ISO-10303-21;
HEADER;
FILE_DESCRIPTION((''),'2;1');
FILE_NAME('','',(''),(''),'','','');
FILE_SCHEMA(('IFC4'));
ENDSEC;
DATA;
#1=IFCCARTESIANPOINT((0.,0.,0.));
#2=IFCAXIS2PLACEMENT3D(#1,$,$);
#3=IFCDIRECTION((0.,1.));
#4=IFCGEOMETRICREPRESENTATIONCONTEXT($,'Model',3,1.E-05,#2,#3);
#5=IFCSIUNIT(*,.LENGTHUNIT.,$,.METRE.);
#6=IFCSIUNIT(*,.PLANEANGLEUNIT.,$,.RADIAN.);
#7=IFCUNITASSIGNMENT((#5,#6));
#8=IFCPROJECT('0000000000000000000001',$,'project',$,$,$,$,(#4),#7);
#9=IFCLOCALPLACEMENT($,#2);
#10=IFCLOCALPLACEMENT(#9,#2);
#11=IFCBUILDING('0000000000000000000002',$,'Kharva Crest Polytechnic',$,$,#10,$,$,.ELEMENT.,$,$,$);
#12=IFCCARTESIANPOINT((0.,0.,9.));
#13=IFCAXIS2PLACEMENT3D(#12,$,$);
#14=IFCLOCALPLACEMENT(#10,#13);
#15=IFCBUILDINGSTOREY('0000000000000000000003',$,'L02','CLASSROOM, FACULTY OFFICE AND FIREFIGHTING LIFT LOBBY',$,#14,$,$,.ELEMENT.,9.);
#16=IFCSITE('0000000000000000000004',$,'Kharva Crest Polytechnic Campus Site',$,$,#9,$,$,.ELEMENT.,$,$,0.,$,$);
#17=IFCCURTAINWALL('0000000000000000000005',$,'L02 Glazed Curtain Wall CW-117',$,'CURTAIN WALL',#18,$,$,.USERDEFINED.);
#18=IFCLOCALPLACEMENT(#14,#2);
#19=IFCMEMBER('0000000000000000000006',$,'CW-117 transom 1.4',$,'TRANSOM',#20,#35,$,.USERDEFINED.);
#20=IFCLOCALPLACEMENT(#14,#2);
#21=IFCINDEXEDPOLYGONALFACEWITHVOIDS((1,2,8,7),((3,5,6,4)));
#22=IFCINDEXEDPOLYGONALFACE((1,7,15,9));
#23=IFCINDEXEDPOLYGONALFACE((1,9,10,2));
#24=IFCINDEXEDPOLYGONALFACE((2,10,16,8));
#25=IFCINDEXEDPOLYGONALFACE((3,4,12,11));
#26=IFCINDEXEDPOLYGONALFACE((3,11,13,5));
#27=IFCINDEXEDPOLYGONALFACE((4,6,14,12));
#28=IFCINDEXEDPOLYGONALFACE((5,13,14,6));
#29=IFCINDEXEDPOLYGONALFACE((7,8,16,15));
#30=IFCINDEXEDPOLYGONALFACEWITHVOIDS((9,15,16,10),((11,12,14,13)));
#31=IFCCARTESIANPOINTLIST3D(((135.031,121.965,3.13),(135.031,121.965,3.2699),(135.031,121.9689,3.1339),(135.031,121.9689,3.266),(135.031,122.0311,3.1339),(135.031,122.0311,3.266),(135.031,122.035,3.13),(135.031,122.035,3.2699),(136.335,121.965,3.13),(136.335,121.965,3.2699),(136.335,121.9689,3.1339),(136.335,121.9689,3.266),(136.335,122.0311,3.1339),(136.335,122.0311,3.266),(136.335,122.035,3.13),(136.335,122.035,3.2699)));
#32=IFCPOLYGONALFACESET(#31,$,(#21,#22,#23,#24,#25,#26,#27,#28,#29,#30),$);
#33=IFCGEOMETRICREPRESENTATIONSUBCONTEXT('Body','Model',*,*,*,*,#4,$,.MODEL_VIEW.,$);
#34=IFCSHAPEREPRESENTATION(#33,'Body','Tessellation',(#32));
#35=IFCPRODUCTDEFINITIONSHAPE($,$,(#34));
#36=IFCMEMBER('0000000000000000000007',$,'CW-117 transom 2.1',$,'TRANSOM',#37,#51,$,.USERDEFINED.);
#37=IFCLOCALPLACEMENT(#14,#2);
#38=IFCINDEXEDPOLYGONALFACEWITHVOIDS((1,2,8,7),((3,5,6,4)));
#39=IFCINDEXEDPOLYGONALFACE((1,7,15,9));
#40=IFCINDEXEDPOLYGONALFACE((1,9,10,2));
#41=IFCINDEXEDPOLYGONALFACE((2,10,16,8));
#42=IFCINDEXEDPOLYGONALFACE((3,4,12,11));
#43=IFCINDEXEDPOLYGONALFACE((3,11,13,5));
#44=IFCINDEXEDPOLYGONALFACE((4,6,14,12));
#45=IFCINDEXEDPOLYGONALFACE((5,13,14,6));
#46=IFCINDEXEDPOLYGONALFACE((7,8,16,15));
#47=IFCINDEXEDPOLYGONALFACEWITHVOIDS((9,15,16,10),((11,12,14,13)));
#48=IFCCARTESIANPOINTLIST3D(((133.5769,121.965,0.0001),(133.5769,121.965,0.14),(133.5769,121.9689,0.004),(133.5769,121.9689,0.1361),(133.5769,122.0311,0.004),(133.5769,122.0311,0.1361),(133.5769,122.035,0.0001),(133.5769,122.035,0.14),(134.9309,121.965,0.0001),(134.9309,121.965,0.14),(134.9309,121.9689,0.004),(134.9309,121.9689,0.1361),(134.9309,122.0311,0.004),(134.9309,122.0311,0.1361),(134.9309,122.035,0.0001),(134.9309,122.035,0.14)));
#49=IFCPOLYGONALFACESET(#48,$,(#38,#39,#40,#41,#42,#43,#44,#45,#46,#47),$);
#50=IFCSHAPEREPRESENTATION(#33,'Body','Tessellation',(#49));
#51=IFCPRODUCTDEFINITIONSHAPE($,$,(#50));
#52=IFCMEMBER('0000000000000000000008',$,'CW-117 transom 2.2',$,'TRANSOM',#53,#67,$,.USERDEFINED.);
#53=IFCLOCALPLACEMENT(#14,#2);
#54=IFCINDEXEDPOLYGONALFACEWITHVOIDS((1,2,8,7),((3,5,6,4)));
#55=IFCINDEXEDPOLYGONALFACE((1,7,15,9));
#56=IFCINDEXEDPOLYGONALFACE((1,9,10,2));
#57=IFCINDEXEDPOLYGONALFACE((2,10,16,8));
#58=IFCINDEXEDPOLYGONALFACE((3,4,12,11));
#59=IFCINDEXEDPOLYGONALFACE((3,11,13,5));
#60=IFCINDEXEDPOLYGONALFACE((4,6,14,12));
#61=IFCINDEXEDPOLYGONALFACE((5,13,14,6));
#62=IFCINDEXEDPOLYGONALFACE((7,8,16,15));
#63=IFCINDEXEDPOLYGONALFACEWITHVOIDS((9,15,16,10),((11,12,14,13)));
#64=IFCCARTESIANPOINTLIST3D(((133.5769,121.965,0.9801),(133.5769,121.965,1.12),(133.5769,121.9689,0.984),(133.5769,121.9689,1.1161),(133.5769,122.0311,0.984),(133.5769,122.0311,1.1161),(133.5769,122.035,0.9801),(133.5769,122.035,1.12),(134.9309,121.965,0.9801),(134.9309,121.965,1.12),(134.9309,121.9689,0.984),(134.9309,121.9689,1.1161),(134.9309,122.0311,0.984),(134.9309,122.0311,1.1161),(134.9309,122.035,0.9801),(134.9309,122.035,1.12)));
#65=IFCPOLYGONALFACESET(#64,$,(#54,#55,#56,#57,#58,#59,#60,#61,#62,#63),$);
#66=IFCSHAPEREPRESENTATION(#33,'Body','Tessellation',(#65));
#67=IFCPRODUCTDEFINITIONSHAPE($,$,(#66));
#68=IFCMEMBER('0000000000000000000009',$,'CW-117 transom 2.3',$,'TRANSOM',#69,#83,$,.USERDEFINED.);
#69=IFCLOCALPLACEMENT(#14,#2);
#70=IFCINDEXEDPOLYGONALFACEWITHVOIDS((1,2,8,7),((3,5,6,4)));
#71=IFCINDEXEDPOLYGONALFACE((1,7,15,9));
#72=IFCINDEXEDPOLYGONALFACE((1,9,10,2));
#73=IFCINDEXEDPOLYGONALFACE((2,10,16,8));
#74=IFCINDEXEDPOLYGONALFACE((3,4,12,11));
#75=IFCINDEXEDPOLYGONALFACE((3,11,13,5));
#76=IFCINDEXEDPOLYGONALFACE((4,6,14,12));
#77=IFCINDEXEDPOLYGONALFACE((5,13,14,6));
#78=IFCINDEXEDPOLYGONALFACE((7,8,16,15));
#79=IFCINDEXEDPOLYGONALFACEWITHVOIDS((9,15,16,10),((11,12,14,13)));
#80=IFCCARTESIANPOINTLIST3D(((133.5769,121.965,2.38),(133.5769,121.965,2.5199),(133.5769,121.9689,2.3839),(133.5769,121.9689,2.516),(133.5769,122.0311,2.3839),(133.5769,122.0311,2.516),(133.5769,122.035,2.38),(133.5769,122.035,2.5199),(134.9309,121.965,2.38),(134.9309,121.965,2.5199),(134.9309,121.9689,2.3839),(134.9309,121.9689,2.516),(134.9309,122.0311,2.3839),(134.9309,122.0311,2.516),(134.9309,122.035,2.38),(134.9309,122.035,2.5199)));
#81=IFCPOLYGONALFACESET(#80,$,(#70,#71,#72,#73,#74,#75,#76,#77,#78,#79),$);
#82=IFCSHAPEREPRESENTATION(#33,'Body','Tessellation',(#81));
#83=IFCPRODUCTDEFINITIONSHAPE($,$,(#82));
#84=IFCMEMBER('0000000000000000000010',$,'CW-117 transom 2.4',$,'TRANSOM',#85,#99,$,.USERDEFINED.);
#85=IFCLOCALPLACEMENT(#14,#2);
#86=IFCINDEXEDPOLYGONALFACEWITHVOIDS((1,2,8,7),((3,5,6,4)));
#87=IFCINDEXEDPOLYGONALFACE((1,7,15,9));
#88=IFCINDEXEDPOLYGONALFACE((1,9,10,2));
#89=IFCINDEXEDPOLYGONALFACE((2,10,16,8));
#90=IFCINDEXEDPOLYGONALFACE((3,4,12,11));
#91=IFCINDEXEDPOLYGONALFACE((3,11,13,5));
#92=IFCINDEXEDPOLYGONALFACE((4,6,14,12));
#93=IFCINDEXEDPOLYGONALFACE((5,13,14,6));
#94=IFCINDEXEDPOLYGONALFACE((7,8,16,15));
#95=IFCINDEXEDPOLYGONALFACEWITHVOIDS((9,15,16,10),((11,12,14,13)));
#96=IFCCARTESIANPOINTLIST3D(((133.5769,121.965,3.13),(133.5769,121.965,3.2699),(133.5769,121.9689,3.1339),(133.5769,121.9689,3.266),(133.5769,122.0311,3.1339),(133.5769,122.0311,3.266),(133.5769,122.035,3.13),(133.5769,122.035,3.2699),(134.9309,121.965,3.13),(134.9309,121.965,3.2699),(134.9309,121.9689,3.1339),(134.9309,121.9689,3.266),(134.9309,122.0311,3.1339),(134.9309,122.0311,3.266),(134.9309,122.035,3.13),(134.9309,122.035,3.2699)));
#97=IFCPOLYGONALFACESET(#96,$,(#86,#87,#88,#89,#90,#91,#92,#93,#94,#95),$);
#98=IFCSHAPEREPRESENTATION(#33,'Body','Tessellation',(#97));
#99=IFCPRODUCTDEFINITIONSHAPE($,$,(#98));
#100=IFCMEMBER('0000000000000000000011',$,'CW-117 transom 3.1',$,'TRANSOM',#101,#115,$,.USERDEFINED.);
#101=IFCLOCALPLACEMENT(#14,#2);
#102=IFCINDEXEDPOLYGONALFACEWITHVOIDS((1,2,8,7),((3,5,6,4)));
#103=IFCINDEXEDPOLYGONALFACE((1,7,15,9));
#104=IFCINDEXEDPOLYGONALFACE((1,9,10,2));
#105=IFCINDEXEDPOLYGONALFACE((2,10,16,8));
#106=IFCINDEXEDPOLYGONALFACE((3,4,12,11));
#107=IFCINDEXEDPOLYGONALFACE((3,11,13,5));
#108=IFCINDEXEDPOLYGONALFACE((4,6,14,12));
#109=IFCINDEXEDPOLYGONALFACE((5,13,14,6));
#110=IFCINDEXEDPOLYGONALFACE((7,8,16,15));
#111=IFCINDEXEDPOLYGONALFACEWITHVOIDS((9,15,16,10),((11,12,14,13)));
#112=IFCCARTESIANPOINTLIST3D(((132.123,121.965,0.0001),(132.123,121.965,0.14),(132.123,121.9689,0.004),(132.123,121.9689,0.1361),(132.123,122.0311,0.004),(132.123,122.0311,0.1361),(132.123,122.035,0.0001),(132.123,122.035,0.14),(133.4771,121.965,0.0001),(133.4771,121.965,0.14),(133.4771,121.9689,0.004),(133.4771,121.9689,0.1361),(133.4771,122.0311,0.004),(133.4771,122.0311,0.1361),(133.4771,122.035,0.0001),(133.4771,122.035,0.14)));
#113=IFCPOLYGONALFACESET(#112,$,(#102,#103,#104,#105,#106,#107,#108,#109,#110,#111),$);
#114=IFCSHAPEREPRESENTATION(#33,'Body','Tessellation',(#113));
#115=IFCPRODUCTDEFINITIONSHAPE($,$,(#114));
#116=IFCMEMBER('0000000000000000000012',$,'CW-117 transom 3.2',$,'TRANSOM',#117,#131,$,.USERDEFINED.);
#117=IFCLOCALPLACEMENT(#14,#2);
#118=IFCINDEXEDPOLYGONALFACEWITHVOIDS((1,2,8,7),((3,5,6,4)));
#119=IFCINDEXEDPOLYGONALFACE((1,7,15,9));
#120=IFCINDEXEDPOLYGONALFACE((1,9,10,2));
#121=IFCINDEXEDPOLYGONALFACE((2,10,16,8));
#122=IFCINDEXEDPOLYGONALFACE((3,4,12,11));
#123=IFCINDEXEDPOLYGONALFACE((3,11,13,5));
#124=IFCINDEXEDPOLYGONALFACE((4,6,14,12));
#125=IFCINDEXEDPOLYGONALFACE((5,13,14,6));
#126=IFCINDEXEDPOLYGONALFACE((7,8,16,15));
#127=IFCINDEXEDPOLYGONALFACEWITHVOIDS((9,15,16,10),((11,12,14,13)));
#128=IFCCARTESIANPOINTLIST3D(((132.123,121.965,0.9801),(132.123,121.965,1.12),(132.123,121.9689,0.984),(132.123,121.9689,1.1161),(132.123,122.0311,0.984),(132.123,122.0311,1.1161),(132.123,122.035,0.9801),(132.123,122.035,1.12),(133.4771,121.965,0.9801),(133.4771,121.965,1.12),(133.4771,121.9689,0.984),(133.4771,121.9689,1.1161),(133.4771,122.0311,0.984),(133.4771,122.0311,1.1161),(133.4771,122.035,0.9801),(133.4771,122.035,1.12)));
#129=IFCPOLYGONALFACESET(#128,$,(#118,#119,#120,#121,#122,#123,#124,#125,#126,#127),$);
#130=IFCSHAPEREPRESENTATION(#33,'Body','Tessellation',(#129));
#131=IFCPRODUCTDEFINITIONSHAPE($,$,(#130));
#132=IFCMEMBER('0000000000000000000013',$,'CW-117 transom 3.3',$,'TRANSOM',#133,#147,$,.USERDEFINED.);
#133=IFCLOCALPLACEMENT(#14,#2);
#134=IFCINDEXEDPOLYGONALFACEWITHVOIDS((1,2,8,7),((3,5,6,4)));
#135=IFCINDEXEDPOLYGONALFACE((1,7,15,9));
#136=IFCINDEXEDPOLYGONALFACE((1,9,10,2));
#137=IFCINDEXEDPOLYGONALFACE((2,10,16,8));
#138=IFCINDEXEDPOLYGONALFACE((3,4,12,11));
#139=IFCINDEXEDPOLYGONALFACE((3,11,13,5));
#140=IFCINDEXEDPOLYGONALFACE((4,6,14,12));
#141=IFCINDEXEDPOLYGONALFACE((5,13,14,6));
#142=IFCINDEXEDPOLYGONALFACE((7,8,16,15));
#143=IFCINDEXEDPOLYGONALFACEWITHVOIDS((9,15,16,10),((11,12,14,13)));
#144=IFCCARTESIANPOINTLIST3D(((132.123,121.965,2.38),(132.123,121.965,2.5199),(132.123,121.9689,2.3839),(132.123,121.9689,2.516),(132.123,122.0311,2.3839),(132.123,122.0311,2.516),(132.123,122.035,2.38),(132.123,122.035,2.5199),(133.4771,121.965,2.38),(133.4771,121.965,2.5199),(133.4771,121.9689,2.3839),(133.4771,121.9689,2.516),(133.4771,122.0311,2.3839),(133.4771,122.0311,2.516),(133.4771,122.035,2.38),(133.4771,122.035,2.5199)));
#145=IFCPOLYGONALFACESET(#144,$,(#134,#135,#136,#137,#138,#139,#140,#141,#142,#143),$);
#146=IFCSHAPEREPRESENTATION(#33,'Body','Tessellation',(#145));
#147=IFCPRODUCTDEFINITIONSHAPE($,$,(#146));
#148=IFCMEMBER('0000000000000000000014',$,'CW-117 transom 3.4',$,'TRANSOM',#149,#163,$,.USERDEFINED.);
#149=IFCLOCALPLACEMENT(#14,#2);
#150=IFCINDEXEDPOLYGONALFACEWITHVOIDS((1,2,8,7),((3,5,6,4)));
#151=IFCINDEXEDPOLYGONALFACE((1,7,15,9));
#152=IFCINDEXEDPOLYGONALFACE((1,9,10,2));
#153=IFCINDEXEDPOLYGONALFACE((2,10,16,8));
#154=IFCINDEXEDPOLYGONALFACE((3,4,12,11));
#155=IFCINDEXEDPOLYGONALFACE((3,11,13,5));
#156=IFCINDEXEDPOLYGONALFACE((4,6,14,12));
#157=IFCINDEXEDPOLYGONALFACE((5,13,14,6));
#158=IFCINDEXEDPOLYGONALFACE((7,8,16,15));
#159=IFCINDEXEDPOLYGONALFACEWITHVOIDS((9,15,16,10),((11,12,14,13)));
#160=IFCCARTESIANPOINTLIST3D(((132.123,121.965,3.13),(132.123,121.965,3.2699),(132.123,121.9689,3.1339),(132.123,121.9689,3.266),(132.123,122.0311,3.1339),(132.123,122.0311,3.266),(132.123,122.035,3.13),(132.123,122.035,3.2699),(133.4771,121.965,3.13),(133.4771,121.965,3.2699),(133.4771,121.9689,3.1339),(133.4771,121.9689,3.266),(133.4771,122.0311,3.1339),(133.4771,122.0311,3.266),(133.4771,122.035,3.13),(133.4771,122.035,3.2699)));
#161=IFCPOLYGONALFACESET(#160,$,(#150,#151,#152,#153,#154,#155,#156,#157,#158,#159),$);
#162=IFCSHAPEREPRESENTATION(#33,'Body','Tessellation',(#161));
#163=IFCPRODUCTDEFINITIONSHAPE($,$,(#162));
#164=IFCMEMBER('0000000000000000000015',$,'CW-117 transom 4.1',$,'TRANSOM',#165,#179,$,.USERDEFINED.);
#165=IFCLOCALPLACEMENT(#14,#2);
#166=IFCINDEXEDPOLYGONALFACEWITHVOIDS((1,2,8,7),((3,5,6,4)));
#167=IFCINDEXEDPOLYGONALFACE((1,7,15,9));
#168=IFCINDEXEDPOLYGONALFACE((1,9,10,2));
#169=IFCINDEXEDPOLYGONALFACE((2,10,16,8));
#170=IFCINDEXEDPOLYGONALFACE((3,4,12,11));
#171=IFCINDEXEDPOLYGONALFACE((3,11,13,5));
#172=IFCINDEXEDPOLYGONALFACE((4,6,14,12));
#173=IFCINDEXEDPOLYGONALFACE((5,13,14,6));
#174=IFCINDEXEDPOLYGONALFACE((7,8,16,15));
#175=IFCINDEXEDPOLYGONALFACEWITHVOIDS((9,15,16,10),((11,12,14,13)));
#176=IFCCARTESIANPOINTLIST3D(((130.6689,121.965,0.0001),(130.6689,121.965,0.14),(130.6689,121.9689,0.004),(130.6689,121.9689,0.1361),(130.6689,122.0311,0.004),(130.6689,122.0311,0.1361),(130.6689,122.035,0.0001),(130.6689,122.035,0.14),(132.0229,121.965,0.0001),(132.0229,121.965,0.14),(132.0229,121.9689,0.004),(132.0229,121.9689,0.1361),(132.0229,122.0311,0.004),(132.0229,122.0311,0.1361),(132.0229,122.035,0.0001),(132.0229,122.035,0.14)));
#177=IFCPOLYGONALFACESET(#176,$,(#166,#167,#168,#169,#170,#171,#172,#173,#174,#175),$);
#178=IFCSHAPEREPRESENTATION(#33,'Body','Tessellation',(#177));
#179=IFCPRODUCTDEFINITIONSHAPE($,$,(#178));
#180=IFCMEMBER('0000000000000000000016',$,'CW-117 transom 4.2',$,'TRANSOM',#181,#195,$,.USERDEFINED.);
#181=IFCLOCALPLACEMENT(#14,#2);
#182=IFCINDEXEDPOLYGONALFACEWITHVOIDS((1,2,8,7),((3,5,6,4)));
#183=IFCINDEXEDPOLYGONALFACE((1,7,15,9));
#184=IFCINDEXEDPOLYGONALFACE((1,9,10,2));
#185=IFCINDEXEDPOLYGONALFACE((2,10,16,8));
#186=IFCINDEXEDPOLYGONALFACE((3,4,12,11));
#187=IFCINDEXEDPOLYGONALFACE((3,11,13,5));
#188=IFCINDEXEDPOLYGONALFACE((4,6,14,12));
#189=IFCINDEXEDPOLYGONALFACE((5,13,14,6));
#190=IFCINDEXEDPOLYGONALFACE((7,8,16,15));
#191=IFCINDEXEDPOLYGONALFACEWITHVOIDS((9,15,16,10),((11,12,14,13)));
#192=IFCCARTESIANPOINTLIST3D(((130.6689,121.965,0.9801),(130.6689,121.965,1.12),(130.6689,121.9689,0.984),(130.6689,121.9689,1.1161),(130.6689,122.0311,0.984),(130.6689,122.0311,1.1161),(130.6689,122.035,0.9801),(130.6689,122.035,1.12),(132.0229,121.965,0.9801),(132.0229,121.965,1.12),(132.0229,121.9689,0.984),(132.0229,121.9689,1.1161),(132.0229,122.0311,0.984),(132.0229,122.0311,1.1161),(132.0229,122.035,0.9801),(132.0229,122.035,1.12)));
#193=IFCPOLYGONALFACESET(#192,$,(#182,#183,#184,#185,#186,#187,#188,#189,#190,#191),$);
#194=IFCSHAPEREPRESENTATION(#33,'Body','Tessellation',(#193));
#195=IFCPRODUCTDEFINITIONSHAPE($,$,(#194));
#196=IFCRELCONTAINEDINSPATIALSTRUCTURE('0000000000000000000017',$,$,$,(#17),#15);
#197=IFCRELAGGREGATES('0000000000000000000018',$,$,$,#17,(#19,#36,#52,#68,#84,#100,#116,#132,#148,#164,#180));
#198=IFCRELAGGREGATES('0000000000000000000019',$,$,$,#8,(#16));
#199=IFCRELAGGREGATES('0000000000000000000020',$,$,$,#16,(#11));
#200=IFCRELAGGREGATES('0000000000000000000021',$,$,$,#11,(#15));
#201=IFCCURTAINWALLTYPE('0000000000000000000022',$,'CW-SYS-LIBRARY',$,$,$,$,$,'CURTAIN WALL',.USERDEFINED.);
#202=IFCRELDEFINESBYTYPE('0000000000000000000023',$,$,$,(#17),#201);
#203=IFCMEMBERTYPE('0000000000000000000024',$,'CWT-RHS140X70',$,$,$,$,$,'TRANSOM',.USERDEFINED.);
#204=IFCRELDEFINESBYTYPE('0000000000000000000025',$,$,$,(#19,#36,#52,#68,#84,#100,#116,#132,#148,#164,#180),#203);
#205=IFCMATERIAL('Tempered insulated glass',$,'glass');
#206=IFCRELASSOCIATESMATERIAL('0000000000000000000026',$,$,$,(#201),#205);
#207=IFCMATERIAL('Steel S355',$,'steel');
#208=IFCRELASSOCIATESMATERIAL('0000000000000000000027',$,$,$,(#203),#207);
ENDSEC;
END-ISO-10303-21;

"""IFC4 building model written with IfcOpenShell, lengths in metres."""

from ifc_helpers import new_model, si_unit, direction, frame, origin, origin_2d, place, context, subcontext, project, spatial, hollow_rectangle, extrude, material, material_profile, profile_set, type_object, element, aggregate, save


model = new_model("IFC4")

# Units and contexts
model_context = context("Model", 3, precision=1e-05, world=origin(), true_north=direction((0.0, 1.0)))
body_context = subcontext(model_context, "Body", "Model", "MODEL_VIEW")
ifc_project = project(units=[si_unit("LENGTHUNIT", "METRE"), si_unit("PLANEANGLEUNIT", "RADIAN")], contexts=[model_context])

# Site, building, storey
site_placement = place(None, origin())
site = spatial("IfcSite", under=ifc_project, at=site_placement, Name="Kharva Crest Polytechnic Campus Site", CompositionType="ELEMENT", RefElevation=0.0)
building_placement = place(site_placement, origin())
building = spatial("IfcBuilding", under=site, at=building_placement, Name="Kharva Crest Polytechnic", CompositionType="ELEMENT")
storey_placement = place(building_placement, frame((0.0, 0.0, 9.0)))
storey = spatial("IfcBuildingStorey", under=building, at=storey_placement, Name="L02", Description="CLASSROOM, FACULTY OFFICE AND FIREFIGHTING LIFT LOBBY", CompositionType="ELEMENT", Elevation=9.0)

# Shared definitions
ifc_material_1 = material(Name="Tempered insulated glass", Category="glass")
curtain_wall_type = type_object("IfcCurtainWallType", Name="CW-SYS-LIBRARY", ElementType="CURTAIN WALL", PredefinedType="USERDEFINED", material=ifc_material_1)
ifc_material_2 = material(Name="Steel S355", Category="steel")

# Curtain wall, members
curtain_wall_1_placement = place(storey_placement, origin())
curtain_wall_1 = element("IfcCurtainWall", 1, at=curtain_wall_1_placement, inside=storey, type_object=curtain_wall_type, Name="L02 Glazed Curtain Wall CW-117", ObjectType="CURTAIN WALL", PredefinedType="USERDEFINED")
ifc_material_profile_1 = material_profile(ifc_material_2, hollow_rectangle(XDim=0.0701, YDim=0.1399, WallThickness=0.0039, at=origin_2d()), Name="RHS 140X70X4.0")
ifc_profile_set_1 = profile_set([ifc_material_profile_1], Name="Steel S355")
member_type_1 = type_object("IfcMemberType", Name="CWT-RHS140X70", ElementType="TRANSOM", PredefinedType="USERDEFINED", material=ifc_profile_set_1)
member_1_placement = place(storey_placement, frame((136.335, 122.0, 3.2), z_axis=(-1.0, 0.0, 0.0), x_axis=(0.0, -1.0, 0.0)))
member_1 = element("IfcMember", 2, at=member_1_placement, type_object=member_type_1, Name="CW-117 transom 1.4", ObjectType="TRANSOM", PredefinedType="USERDEFINED", context=body_context, shape_type="SweptSolid", body=[
    extrude(hollow_rectangle(XDim=0.0701, YDim=0.1399, WallThickness=0.0039, at=origin_2d()), origin(), (0.0, 0.0, 1.0), 1.304),
])
member_2_placement = place(storey_placement, frame((134.9309, 122.0, 0.0701), z_axis=(-1.0, 0.0, 0.0), x_axis=(0.0, -1.0, 0.0)))
member_2 = element("IfcMember", 3, at=member_2_placement, type_object=member_type_1, Name="CW-117 transom 2.1", ObjectType="TRANSOM", PredefinedType="USERDEFINED", context=body_context, shape_type="SweptSolid", body=[
    extrude(hollow_rectangle(XDim=0.0701, YDim=0.1399, WallThickness=0.0039, at=origin_2d()), origin(), (0.0, 0.0, 1.0), 1.354),
])
member_3_placement = place(storey_placement, frame((134.9309, 122.0, 1.05), z_axis=(-1.0, 0.0, 0.0), x_axis=(0.0, -1.0, 0.0)))
member_3 = element("IfcMember", 4, at=member_3_placement, type_object=member_type_1, Name="CW-117 transom 2.2", ObjectType="TRANSOM", PredefinedType="USERDEFINED", context=body_context, shape_type="SweptSolid", body=[
    extrude(hollow_rectangle(XDim=0.0701, YDim=0.1399, WallThickness=0.0039, at=origin_2d()), origin(), (0.0, 0.0, 1.0), 1.354),
])
member_4_placement = place(storey_placement, frame((134.9309, 122.0, 2.45), z_axis=(-1.0, 0.0, 0.0), x_axis=(0.0, -1.0, 0.0)))
member_4 = element("IfcMember", 5, at=member_4_placement, type_object=member_type_1, Name="CW-117 transom 2.3", ObjectType="TRANSOM", PredefinedType="USERDEFINED", context=body_context, shape_type="SweptSolid", body=[
    extrude(hollow_rectangle(XDim=0.0701, YDim=0.1399, WallThickness=0.0039, at=origin_2d()), origin(), (0.0, 0.0, 1.0), 1.354),
])
member_5_placement = place(storey_placement, frame((134.9309, 122.0, 3.2), z_axis=(-1.0, 0.0, 0.0), x_axis=(0.0, -1.0, 0.0)))
member_5 = element("IfcMember", 6, at=member_5_placement, type_object=member_type_1, Name="CW-117 transom 2.4", ObjectType="TRANSOM", PredefinedType="USERDEFINED", context=body_context, shape_type="SweptSolid", body=[
    extrude(hollow_rectangle(XDim=0.0701, YDim=0.1399, WallThickness=0.0039, at=origin_2d()), origin(), (0.0, 0.0, 1.0), 1.354),
])
member_6_placement = place(storey_placement, frame((133.4771, 122.0, 0.0701), z_axis=(-1.0, 0.0, 0.0), x_axis=(0.0, -1.0, 0.0)))
member_6 = element("IfcMember", 7, at=member_6_placement, type_object=member_type_1, Name="CW-117 transom 3.1", ObjectType="TRANSOM", PredefinedType="USERDEFINED", context=body_context, shape_type="SweptSolid", body=[
    extrude(hollow_rectangle(XDim=0.0701, YDim=0.1399, WallThickness=0.0039, at=origin_2d()), origin(), (0.0, 0.0, 1.0), 1.354),
])
member_7_placement = place(storey_placement, frame((133.4771, 122.0, 1.05), z_axis=(-1.0, 0.0, 0.0), x_axis=(0.0, -1.0, 0.0)))
member_7 = element("IfcMember", 8, at=member_7_placement, type_object=member_type_1, Name="CW-117 transom 3.2", ObjectType="TRANSOM", PredefinedType="USERDEFINED", context=body_context, shape_type="SweptSolid", body=[
    extrude(hollow_rectangle(XDim=0.0701, YDim=0.1399, WallThickness=0.0039, at=origin_2d()), origin(), (0.0, 0.0, 1.0), 1.354),
])
member_8_placement = place(storey_placement, frame((133.4771, 122.0, 2.45), z_axis=(-1.0, 0.0, 0.0), x_axis=(0.0, -1.0, 0.0)))
member_8 = element("IfcMember", 9, at=member_8_placement, type_object=member_type_1, Name="CW-117 transom 3.3", ObjectType="TRANSOM", PredefinedType="USERDEFINED", context=body_context, shape_type="SweptSolid", body=[
    extrude(hollow_rectangle(XDim=0.0701, YDim=0.1399, WallThickness=0.0039, at=origin_2d()), origin(), (0.0, 0.0, 1.0), 1.354),
])
member_9_placement = place(storey_placement, frame((133.4771, 122.0, 3.2), z_axis=(-1.0, 0.0, 0.0), x_axis=(0.0, -1.0, 0.0)))
member_9 = element("IfcMember", 10, at=member_9_placement, type_object=member_type_1, Name="CW-117 transom 3.4", ObjectType="TRANSOM", PredefinedType="USERDEFINED", context=body_context, shape_type="SweptSolid", body=[
    extrude(hollow_rectangle(XDim=0.0701, YDim=0.1399, WallThickness=0.0039, at=origin_2d()), origin(), (0.0, 0.0, 1.0), 1.354),
])
member_10_placement = place(storey_placement, frame((132.0229, 122.0, 0.0701), z_axis=(-1.0, 0.0, 0.0), x_axis=(0.0, -1.0, 0.0)))
member_10 = element("IfcMember", 11, at=member_10_placement, type_object=member_type_1, Name="CW-117 transom 4.1", ObjectType="TRANSOM", PredefinedType="USERDEFINED", context=body_context, shape_type="SweptSolid", body=[
    extrude(hollow_rectangle(XDim=0.0701, YDim=0.1399, WallThickness=0.0039, at=origin_2d()), origin(), (0.0, 0.0, 1.0), 1.354),
])
member_11_placement = place(storey_placement, frame((132.0229, 122.0, 1.05), z_axis=(-1.0, 0.0, 0.0), x_axis=(0.0, -1.0, 0.0)))
member_11 = element("IfcMember", 12, at=member_11_placement, type_object=member_type_1, Name="CW-117 transom 4.2", ObjectType="TRANSOM", PredefinedType="USERDEFINED", context=body_context, shape_type="SweptSolid", body=[
    extrude(hollow_rectangle(XDim=0.0701, YDim=0.1399, WallThickness=0.0039, at=origin_2d()), origin(), (0.0, 0.0, 1.0), 1.354),
])

aggregate(curtain_wall_1, [member_1, member_2, member_3, member_4, member_5, member_6, member_7, member_8, member_9, member_10, member_11])

save(model, "model.ifc")
